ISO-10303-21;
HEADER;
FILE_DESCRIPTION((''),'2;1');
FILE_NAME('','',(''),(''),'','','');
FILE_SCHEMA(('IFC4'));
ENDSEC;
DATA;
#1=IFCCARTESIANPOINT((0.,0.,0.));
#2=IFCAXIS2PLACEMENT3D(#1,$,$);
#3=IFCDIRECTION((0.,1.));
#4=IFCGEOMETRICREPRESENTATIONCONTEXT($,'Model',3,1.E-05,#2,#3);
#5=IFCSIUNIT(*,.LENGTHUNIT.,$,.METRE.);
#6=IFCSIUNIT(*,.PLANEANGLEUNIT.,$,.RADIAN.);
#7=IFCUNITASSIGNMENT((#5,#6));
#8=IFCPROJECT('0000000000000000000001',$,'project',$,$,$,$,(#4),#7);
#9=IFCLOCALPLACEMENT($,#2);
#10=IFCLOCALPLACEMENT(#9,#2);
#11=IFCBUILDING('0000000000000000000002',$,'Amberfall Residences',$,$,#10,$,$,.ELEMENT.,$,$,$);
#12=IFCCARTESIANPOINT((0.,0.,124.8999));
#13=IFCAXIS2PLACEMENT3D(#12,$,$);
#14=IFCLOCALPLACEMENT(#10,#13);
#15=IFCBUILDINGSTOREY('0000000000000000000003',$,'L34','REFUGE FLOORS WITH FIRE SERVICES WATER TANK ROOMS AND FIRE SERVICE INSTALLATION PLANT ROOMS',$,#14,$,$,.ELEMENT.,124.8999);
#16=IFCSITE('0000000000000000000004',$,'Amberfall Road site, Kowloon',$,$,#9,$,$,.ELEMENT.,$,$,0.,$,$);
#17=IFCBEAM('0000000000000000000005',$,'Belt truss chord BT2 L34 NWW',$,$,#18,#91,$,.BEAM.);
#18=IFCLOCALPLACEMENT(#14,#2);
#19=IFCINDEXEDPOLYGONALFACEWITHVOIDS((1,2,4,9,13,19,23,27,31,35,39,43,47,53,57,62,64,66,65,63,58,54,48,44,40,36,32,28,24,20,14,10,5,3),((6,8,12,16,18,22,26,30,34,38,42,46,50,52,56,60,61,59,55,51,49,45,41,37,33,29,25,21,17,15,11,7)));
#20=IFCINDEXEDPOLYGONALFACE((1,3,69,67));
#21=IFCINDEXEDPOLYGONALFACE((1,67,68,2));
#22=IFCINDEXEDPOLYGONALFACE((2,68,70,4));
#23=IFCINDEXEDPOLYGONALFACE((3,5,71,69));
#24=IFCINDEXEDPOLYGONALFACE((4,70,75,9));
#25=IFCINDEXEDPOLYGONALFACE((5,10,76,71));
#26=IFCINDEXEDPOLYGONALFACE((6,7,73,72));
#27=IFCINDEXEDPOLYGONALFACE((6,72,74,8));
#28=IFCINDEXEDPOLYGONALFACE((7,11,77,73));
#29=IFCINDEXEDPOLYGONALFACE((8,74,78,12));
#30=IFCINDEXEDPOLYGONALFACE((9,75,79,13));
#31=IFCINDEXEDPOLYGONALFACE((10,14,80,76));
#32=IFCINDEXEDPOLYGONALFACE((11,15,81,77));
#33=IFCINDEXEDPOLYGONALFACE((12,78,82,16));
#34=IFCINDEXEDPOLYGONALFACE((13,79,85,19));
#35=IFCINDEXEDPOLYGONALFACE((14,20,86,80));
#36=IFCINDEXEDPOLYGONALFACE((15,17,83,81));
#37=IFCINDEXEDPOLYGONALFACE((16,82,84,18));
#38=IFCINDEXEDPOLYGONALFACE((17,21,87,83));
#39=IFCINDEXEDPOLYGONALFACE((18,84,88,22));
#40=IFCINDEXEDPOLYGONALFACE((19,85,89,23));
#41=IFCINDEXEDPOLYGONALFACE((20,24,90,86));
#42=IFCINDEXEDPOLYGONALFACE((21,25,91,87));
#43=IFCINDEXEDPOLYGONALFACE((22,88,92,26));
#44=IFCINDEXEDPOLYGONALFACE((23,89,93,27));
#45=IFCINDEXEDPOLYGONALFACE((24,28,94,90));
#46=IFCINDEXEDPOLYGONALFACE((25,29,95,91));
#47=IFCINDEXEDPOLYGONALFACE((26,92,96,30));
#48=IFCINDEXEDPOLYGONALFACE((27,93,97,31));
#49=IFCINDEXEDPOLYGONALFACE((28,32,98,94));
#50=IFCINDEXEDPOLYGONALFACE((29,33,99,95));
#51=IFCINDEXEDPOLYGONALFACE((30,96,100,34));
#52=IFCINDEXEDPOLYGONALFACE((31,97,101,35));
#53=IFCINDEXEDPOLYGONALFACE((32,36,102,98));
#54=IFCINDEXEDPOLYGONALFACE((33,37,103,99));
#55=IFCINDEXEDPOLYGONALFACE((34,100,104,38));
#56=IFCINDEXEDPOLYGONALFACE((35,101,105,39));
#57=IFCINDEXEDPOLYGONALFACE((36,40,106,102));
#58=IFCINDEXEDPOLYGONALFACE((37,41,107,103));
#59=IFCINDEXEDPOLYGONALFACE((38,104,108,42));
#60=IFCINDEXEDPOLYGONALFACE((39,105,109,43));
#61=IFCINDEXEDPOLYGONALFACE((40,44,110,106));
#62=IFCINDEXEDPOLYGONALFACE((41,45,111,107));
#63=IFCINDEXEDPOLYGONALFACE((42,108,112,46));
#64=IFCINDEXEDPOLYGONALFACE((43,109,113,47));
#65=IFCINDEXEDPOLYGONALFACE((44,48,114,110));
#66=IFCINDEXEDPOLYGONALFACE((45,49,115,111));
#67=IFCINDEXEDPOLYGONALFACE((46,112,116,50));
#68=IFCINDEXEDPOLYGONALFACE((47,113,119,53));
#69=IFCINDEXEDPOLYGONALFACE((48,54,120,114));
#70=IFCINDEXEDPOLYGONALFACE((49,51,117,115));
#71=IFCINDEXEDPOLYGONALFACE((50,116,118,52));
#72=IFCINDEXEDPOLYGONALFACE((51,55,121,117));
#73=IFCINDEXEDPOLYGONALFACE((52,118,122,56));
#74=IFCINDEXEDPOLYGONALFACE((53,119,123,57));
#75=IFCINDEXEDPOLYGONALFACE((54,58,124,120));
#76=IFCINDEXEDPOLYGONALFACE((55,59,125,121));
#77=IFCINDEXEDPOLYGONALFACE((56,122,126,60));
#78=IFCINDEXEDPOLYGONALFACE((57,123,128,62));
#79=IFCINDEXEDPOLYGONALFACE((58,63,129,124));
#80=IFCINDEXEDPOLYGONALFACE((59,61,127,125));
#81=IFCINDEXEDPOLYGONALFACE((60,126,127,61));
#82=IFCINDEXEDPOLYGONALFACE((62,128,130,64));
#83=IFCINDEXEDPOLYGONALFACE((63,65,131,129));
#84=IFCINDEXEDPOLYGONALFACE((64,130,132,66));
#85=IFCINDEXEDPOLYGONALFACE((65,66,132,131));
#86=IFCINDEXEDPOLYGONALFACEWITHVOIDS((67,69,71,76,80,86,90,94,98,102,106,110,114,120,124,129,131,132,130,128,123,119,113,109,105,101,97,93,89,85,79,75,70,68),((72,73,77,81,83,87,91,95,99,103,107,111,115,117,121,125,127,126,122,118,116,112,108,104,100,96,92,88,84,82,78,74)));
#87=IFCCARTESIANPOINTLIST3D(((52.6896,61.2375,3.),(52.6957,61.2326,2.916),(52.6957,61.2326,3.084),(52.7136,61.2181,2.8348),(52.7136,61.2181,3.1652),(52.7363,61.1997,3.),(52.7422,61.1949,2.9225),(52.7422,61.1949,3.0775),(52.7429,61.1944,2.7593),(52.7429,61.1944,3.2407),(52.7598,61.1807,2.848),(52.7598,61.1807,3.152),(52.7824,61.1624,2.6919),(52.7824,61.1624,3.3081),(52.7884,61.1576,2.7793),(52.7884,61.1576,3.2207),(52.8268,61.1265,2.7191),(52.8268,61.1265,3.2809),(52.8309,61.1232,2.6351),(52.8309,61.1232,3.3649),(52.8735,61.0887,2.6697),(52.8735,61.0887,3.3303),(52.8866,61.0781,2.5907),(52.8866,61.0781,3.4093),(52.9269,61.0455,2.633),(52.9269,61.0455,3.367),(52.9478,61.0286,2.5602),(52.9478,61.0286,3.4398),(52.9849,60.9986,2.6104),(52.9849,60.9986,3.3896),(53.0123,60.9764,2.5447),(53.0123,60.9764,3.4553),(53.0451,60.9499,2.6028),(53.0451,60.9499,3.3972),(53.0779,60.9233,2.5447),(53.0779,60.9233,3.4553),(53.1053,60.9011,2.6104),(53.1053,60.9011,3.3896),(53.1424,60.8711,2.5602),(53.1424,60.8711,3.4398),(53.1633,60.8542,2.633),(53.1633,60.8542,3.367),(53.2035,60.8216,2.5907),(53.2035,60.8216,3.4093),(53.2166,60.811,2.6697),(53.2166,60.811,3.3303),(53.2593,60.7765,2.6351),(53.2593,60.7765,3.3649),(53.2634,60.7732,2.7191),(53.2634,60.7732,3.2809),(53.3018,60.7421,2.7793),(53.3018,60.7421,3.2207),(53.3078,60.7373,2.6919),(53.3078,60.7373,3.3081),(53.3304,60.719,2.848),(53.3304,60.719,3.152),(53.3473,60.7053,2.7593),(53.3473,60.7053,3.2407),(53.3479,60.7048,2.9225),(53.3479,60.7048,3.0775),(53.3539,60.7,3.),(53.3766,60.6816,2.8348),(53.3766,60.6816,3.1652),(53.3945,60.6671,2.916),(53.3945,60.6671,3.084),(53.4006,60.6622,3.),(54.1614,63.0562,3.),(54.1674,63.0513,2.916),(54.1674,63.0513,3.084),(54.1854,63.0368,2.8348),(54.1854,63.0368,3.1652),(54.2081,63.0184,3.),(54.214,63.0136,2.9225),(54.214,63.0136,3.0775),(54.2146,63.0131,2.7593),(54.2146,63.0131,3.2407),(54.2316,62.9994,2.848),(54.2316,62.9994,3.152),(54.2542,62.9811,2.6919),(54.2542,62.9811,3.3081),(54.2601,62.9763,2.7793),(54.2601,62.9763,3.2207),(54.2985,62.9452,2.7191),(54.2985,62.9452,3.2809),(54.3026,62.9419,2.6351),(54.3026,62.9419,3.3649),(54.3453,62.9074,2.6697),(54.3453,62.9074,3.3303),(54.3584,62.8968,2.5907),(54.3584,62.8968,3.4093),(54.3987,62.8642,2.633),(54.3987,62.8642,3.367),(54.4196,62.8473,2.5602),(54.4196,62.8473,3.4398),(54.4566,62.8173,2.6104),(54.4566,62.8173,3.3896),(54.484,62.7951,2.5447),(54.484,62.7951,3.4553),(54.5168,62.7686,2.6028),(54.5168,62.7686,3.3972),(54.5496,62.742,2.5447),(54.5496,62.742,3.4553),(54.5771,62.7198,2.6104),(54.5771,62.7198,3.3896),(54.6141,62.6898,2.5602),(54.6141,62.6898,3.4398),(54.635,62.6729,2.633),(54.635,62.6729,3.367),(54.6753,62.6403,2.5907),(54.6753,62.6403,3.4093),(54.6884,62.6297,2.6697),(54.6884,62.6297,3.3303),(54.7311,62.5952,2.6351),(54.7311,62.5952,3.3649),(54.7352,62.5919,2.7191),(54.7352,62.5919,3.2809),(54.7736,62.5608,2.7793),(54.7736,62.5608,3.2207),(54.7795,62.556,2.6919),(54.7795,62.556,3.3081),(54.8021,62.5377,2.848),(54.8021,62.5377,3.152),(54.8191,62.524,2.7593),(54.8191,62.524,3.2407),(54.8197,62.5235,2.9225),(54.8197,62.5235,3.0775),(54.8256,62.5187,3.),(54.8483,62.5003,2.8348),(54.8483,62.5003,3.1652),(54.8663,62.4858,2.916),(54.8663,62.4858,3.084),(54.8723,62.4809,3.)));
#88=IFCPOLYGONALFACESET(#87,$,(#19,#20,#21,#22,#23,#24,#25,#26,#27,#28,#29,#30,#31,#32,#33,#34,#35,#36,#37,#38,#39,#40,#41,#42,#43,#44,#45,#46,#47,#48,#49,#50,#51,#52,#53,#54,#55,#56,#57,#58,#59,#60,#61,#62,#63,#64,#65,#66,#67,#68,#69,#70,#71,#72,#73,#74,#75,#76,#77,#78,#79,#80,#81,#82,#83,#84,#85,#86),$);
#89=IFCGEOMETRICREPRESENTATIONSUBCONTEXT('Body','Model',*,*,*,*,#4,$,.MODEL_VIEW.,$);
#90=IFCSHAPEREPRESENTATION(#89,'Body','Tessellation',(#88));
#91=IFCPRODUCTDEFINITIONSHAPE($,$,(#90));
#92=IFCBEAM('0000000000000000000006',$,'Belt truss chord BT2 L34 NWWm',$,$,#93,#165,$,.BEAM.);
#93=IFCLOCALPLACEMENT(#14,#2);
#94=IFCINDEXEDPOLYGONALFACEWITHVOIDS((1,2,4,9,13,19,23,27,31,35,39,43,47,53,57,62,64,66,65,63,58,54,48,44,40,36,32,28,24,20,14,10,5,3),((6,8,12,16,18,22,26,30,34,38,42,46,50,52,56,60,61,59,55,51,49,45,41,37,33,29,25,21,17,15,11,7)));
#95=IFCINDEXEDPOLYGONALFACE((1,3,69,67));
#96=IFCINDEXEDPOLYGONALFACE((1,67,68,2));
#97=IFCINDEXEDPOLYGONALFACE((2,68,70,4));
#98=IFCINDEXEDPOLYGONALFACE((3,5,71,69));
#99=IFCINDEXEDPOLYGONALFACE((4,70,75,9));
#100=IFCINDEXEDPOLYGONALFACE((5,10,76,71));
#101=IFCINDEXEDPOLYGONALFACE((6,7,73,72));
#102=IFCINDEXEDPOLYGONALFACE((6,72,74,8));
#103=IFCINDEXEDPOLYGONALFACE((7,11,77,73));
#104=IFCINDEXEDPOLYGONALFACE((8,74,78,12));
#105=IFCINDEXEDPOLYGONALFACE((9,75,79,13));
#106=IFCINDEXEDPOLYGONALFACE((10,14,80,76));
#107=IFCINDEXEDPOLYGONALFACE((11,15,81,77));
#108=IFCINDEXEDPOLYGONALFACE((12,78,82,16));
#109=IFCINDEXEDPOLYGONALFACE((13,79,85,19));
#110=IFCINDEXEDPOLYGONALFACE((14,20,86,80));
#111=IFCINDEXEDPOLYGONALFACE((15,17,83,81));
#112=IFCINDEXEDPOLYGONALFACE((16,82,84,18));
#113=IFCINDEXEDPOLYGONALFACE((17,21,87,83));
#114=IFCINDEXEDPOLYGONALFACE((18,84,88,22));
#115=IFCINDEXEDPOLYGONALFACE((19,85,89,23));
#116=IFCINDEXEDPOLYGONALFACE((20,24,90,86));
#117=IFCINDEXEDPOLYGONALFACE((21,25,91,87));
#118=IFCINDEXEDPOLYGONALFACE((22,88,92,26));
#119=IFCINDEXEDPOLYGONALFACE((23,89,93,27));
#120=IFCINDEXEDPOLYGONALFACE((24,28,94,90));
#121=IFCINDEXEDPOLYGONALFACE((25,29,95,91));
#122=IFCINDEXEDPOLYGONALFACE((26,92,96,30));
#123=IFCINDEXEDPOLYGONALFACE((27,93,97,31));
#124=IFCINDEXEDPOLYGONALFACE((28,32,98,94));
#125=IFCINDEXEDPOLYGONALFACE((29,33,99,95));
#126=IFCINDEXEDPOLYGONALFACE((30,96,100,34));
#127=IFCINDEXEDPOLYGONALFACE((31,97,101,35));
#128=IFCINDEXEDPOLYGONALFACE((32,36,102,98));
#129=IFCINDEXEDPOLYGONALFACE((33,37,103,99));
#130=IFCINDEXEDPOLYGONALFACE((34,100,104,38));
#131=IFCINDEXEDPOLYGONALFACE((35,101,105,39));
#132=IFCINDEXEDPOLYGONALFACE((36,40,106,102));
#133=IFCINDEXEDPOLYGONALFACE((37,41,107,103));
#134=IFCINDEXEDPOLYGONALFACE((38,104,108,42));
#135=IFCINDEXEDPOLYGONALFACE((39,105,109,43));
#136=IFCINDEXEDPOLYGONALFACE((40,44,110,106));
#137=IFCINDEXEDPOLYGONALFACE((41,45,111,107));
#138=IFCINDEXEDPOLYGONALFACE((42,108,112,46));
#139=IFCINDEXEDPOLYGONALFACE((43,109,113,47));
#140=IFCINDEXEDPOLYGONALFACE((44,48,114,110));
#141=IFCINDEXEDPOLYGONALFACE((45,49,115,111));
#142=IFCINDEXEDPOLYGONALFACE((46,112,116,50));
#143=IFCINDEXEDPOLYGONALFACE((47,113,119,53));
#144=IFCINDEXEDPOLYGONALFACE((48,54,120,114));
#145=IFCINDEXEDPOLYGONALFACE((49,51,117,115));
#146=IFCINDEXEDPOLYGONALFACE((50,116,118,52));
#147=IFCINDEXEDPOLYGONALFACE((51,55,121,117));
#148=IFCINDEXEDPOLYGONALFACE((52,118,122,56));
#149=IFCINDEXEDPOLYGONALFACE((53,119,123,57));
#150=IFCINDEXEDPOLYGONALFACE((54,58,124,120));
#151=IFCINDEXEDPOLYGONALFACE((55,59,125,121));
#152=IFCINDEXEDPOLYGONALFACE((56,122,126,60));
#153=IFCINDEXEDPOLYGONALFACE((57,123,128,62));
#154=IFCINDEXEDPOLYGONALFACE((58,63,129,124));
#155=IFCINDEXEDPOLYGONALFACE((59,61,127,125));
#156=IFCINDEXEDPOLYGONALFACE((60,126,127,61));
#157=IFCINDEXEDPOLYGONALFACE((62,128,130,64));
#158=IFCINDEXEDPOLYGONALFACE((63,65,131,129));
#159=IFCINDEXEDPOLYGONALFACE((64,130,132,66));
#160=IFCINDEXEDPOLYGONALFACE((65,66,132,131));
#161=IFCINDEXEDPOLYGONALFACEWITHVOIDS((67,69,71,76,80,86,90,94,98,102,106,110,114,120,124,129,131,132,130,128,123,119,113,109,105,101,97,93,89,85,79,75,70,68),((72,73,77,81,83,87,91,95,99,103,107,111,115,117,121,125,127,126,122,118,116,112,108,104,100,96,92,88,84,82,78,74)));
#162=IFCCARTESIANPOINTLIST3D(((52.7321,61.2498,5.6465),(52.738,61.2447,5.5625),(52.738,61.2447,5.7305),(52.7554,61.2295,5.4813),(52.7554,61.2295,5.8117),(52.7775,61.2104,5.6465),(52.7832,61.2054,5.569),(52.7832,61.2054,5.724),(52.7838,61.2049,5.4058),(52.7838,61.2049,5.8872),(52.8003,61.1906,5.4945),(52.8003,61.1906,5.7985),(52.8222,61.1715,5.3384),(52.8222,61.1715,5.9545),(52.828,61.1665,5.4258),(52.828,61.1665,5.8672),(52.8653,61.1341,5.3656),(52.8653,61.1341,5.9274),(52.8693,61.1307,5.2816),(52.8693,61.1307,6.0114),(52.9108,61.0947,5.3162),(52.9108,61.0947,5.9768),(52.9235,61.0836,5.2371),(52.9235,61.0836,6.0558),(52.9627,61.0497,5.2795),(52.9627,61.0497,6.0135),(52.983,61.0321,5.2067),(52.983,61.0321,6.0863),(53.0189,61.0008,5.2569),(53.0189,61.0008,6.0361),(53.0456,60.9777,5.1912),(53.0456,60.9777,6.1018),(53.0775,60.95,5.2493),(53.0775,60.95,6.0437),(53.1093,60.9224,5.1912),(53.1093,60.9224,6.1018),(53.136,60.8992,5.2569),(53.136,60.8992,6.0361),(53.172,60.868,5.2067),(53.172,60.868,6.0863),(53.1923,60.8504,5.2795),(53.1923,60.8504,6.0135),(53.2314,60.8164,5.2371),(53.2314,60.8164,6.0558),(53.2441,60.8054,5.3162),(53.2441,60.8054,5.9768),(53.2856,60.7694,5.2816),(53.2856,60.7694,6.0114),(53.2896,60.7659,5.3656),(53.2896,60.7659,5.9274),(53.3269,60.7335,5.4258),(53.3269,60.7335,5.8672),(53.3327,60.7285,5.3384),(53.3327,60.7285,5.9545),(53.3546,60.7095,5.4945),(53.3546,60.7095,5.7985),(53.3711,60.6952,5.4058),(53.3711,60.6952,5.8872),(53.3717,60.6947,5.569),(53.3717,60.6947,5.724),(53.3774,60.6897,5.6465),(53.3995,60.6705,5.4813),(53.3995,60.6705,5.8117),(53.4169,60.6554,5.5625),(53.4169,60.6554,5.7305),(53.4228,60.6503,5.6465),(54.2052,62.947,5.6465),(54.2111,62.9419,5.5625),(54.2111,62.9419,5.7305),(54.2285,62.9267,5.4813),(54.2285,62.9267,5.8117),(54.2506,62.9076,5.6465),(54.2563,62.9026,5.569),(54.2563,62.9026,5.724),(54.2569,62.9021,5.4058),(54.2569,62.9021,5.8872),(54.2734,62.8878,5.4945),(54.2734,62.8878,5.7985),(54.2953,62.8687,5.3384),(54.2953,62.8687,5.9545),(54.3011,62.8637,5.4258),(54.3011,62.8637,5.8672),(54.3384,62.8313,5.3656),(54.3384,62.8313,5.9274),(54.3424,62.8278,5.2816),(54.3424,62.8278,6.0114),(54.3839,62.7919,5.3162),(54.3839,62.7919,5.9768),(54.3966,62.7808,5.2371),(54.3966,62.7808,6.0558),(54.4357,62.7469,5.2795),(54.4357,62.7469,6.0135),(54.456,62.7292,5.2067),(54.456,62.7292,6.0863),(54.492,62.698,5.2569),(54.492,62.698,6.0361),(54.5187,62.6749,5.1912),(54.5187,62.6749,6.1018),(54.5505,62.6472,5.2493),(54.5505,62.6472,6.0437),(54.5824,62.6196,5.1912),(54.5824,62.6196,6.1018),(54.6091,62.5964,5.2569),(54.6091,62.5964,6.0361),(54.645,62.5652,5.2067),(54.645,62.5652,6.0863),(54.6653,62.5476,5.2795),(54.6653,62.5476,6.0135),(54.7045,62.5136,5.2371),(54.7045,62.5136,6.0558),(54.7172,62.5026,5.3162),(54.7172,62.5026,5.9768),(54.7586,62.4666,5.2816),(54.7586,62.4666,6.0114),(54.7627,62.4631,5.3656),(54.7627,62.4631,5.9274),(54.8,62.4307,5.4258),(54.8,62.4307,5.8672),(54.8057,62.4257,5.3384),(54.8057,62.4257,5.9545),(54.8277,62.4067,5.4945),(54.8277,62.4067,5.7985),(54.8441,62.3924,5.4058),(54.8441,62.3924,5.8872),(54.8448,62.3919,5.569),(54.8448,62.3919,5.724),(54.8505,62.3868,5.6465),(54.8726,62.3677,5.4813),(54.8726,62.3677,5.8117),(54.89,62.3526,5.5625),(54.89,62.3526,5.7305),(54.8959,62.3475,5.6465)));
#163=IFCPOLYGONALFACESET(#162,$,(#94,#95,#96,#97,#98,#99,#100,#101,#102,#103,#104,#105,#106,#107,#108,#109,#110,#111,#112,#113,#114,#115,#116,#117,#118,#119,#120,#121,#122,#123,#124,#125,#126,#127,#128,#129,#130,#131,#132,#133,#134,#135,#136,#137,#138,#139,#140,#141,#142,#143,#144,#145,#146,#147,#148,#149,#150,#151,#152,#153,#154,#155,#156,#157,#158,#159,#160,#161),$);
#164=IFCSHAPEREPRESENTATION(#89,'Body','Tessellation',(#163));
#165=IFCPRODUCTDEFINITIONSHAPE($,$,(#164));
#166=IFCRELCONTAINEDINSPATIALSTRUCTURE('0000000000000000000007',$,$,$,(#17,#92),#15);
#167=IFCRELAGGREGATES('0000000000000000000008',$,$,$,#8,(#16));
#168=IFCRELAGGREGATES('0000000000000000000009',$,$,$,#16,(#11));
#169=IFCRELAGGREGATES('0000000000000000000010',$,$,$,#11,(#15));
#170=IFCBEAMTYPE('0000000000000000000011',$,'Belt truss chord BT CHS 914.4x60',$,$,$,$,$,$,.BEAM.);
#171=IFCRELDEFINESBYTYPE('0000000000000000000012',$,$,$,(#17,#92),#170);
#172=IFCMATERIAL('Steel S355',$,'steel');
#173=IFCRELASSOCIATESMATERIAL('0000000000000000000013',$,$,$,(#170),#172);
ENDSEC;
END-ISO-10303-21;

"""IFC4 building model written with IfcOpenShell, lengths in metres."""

from ifc_helpers import new_model, si_unit, direction, frame, origin, origin_2d, place, context, subcontext, project, spatial, hollow_circle, extrude, material, material_profile, profile_set, type_object, element, save


model = new_model("IFC4")

# Units and contexts
model_context = context("Model", 3, precision=1e-05, world=origin(), true_north=direction((0.0, 1.0)))
body_context = subcontext(model_context, "Body", "Model", "MODEL_VIEW")
ifc_project = project(units=[si_unit("LENGTHUNIT", "METRE"), si_unit("PLANEANGLEUNIT", "RADIAN")], contexts=[model_context])

# Site, building, storey
site_placement = place(None, origin())
site = spatial("IfcSite", under=ifc_project, at=site_placement, Name="Amberfall Road site, Kowloon", CompositionType="ELEMENT", RefElevation=0.0)
building_placement = place(site_placement, origin())
building = spatial("IfcBuilding", under=site, at=building_placement, Name="Amberfall Residences", CompositionType="ELEMENT")
storey_placement = place(building_placement, frame((0.0, 0.0, 124.8999)))
storey = spatial("IfcBuildingStorey", under=building, at=storey_placement, Name="L34", Description="REFUGE FLOORS WITH FIRE SERVICES WATER TANK ROOMS AND FIRE SERVICE INSTALLATION PLANT ROOMS", CompositionType="ELEMENT", Elevation=124.8999)

# Beams
ifc_material_1 = material(Name="Steel S355", Category="steel")
ifc_material_profile_1 = material_profile(ifc_material_1, hollow_circle(Radius=0.4573, WallThickness=0.0601, at=origin_2d()), Name="CHS 914.4x60")
ifc_profile_set_1 = profile_set([ifc_material_profile_1], Name="Steel S355")
beam_type_1 = type_object("IfcBeamType", Name="Belt truss chord BT CHS 914.4x60", PredefinedType="BEAM", material=ifc_profile_set_1)
beam_1_placement = place(storey_placement, frame((54.5168, 62.7686, 3.0), z_axis=(-0.629063, -0.777354, 0.0), x_axis=(0.777354, -0.629063, 0.0)))
element("IfcBeam", 1, at=beam_1_placement, inside=storey, type_object=beam_type_1, Name="Belt truss chord BT2 L34 NWW", PredefinedType="BEAM", context=body_context, shape_type="SweptSolid", body=[
    extrude(hollow_circle(Radius=0.4573, WallThickness=0.0601, at=origin_2d()), origin(), (0.0, 0.0, 1.0), 2.3396),
])
beam_2_placement = place(storey_placement, frame((54.5505, 62.6472, 5.6465), z_axis=(-0.655485, -0.755209, 0.0), x_axis=(0.755209, -0.655485, 0.0)))
element("IfcBeam", 2, at=beam_2_placement, inside=storey, type_object=beam_type_1, Name="Belt truss chord BT2 L34 NWWm", PredefinedType="BEAM", context=body_context, shape_type="SweptSolid", body=[
    extrude(hollow_circle(Radius=0.4573, WallThickness=0.0601, at=origin_2d()), origin(), (0.0, 0.0, 1.0), 2.2473),
])

save(model, "model.ifc")
